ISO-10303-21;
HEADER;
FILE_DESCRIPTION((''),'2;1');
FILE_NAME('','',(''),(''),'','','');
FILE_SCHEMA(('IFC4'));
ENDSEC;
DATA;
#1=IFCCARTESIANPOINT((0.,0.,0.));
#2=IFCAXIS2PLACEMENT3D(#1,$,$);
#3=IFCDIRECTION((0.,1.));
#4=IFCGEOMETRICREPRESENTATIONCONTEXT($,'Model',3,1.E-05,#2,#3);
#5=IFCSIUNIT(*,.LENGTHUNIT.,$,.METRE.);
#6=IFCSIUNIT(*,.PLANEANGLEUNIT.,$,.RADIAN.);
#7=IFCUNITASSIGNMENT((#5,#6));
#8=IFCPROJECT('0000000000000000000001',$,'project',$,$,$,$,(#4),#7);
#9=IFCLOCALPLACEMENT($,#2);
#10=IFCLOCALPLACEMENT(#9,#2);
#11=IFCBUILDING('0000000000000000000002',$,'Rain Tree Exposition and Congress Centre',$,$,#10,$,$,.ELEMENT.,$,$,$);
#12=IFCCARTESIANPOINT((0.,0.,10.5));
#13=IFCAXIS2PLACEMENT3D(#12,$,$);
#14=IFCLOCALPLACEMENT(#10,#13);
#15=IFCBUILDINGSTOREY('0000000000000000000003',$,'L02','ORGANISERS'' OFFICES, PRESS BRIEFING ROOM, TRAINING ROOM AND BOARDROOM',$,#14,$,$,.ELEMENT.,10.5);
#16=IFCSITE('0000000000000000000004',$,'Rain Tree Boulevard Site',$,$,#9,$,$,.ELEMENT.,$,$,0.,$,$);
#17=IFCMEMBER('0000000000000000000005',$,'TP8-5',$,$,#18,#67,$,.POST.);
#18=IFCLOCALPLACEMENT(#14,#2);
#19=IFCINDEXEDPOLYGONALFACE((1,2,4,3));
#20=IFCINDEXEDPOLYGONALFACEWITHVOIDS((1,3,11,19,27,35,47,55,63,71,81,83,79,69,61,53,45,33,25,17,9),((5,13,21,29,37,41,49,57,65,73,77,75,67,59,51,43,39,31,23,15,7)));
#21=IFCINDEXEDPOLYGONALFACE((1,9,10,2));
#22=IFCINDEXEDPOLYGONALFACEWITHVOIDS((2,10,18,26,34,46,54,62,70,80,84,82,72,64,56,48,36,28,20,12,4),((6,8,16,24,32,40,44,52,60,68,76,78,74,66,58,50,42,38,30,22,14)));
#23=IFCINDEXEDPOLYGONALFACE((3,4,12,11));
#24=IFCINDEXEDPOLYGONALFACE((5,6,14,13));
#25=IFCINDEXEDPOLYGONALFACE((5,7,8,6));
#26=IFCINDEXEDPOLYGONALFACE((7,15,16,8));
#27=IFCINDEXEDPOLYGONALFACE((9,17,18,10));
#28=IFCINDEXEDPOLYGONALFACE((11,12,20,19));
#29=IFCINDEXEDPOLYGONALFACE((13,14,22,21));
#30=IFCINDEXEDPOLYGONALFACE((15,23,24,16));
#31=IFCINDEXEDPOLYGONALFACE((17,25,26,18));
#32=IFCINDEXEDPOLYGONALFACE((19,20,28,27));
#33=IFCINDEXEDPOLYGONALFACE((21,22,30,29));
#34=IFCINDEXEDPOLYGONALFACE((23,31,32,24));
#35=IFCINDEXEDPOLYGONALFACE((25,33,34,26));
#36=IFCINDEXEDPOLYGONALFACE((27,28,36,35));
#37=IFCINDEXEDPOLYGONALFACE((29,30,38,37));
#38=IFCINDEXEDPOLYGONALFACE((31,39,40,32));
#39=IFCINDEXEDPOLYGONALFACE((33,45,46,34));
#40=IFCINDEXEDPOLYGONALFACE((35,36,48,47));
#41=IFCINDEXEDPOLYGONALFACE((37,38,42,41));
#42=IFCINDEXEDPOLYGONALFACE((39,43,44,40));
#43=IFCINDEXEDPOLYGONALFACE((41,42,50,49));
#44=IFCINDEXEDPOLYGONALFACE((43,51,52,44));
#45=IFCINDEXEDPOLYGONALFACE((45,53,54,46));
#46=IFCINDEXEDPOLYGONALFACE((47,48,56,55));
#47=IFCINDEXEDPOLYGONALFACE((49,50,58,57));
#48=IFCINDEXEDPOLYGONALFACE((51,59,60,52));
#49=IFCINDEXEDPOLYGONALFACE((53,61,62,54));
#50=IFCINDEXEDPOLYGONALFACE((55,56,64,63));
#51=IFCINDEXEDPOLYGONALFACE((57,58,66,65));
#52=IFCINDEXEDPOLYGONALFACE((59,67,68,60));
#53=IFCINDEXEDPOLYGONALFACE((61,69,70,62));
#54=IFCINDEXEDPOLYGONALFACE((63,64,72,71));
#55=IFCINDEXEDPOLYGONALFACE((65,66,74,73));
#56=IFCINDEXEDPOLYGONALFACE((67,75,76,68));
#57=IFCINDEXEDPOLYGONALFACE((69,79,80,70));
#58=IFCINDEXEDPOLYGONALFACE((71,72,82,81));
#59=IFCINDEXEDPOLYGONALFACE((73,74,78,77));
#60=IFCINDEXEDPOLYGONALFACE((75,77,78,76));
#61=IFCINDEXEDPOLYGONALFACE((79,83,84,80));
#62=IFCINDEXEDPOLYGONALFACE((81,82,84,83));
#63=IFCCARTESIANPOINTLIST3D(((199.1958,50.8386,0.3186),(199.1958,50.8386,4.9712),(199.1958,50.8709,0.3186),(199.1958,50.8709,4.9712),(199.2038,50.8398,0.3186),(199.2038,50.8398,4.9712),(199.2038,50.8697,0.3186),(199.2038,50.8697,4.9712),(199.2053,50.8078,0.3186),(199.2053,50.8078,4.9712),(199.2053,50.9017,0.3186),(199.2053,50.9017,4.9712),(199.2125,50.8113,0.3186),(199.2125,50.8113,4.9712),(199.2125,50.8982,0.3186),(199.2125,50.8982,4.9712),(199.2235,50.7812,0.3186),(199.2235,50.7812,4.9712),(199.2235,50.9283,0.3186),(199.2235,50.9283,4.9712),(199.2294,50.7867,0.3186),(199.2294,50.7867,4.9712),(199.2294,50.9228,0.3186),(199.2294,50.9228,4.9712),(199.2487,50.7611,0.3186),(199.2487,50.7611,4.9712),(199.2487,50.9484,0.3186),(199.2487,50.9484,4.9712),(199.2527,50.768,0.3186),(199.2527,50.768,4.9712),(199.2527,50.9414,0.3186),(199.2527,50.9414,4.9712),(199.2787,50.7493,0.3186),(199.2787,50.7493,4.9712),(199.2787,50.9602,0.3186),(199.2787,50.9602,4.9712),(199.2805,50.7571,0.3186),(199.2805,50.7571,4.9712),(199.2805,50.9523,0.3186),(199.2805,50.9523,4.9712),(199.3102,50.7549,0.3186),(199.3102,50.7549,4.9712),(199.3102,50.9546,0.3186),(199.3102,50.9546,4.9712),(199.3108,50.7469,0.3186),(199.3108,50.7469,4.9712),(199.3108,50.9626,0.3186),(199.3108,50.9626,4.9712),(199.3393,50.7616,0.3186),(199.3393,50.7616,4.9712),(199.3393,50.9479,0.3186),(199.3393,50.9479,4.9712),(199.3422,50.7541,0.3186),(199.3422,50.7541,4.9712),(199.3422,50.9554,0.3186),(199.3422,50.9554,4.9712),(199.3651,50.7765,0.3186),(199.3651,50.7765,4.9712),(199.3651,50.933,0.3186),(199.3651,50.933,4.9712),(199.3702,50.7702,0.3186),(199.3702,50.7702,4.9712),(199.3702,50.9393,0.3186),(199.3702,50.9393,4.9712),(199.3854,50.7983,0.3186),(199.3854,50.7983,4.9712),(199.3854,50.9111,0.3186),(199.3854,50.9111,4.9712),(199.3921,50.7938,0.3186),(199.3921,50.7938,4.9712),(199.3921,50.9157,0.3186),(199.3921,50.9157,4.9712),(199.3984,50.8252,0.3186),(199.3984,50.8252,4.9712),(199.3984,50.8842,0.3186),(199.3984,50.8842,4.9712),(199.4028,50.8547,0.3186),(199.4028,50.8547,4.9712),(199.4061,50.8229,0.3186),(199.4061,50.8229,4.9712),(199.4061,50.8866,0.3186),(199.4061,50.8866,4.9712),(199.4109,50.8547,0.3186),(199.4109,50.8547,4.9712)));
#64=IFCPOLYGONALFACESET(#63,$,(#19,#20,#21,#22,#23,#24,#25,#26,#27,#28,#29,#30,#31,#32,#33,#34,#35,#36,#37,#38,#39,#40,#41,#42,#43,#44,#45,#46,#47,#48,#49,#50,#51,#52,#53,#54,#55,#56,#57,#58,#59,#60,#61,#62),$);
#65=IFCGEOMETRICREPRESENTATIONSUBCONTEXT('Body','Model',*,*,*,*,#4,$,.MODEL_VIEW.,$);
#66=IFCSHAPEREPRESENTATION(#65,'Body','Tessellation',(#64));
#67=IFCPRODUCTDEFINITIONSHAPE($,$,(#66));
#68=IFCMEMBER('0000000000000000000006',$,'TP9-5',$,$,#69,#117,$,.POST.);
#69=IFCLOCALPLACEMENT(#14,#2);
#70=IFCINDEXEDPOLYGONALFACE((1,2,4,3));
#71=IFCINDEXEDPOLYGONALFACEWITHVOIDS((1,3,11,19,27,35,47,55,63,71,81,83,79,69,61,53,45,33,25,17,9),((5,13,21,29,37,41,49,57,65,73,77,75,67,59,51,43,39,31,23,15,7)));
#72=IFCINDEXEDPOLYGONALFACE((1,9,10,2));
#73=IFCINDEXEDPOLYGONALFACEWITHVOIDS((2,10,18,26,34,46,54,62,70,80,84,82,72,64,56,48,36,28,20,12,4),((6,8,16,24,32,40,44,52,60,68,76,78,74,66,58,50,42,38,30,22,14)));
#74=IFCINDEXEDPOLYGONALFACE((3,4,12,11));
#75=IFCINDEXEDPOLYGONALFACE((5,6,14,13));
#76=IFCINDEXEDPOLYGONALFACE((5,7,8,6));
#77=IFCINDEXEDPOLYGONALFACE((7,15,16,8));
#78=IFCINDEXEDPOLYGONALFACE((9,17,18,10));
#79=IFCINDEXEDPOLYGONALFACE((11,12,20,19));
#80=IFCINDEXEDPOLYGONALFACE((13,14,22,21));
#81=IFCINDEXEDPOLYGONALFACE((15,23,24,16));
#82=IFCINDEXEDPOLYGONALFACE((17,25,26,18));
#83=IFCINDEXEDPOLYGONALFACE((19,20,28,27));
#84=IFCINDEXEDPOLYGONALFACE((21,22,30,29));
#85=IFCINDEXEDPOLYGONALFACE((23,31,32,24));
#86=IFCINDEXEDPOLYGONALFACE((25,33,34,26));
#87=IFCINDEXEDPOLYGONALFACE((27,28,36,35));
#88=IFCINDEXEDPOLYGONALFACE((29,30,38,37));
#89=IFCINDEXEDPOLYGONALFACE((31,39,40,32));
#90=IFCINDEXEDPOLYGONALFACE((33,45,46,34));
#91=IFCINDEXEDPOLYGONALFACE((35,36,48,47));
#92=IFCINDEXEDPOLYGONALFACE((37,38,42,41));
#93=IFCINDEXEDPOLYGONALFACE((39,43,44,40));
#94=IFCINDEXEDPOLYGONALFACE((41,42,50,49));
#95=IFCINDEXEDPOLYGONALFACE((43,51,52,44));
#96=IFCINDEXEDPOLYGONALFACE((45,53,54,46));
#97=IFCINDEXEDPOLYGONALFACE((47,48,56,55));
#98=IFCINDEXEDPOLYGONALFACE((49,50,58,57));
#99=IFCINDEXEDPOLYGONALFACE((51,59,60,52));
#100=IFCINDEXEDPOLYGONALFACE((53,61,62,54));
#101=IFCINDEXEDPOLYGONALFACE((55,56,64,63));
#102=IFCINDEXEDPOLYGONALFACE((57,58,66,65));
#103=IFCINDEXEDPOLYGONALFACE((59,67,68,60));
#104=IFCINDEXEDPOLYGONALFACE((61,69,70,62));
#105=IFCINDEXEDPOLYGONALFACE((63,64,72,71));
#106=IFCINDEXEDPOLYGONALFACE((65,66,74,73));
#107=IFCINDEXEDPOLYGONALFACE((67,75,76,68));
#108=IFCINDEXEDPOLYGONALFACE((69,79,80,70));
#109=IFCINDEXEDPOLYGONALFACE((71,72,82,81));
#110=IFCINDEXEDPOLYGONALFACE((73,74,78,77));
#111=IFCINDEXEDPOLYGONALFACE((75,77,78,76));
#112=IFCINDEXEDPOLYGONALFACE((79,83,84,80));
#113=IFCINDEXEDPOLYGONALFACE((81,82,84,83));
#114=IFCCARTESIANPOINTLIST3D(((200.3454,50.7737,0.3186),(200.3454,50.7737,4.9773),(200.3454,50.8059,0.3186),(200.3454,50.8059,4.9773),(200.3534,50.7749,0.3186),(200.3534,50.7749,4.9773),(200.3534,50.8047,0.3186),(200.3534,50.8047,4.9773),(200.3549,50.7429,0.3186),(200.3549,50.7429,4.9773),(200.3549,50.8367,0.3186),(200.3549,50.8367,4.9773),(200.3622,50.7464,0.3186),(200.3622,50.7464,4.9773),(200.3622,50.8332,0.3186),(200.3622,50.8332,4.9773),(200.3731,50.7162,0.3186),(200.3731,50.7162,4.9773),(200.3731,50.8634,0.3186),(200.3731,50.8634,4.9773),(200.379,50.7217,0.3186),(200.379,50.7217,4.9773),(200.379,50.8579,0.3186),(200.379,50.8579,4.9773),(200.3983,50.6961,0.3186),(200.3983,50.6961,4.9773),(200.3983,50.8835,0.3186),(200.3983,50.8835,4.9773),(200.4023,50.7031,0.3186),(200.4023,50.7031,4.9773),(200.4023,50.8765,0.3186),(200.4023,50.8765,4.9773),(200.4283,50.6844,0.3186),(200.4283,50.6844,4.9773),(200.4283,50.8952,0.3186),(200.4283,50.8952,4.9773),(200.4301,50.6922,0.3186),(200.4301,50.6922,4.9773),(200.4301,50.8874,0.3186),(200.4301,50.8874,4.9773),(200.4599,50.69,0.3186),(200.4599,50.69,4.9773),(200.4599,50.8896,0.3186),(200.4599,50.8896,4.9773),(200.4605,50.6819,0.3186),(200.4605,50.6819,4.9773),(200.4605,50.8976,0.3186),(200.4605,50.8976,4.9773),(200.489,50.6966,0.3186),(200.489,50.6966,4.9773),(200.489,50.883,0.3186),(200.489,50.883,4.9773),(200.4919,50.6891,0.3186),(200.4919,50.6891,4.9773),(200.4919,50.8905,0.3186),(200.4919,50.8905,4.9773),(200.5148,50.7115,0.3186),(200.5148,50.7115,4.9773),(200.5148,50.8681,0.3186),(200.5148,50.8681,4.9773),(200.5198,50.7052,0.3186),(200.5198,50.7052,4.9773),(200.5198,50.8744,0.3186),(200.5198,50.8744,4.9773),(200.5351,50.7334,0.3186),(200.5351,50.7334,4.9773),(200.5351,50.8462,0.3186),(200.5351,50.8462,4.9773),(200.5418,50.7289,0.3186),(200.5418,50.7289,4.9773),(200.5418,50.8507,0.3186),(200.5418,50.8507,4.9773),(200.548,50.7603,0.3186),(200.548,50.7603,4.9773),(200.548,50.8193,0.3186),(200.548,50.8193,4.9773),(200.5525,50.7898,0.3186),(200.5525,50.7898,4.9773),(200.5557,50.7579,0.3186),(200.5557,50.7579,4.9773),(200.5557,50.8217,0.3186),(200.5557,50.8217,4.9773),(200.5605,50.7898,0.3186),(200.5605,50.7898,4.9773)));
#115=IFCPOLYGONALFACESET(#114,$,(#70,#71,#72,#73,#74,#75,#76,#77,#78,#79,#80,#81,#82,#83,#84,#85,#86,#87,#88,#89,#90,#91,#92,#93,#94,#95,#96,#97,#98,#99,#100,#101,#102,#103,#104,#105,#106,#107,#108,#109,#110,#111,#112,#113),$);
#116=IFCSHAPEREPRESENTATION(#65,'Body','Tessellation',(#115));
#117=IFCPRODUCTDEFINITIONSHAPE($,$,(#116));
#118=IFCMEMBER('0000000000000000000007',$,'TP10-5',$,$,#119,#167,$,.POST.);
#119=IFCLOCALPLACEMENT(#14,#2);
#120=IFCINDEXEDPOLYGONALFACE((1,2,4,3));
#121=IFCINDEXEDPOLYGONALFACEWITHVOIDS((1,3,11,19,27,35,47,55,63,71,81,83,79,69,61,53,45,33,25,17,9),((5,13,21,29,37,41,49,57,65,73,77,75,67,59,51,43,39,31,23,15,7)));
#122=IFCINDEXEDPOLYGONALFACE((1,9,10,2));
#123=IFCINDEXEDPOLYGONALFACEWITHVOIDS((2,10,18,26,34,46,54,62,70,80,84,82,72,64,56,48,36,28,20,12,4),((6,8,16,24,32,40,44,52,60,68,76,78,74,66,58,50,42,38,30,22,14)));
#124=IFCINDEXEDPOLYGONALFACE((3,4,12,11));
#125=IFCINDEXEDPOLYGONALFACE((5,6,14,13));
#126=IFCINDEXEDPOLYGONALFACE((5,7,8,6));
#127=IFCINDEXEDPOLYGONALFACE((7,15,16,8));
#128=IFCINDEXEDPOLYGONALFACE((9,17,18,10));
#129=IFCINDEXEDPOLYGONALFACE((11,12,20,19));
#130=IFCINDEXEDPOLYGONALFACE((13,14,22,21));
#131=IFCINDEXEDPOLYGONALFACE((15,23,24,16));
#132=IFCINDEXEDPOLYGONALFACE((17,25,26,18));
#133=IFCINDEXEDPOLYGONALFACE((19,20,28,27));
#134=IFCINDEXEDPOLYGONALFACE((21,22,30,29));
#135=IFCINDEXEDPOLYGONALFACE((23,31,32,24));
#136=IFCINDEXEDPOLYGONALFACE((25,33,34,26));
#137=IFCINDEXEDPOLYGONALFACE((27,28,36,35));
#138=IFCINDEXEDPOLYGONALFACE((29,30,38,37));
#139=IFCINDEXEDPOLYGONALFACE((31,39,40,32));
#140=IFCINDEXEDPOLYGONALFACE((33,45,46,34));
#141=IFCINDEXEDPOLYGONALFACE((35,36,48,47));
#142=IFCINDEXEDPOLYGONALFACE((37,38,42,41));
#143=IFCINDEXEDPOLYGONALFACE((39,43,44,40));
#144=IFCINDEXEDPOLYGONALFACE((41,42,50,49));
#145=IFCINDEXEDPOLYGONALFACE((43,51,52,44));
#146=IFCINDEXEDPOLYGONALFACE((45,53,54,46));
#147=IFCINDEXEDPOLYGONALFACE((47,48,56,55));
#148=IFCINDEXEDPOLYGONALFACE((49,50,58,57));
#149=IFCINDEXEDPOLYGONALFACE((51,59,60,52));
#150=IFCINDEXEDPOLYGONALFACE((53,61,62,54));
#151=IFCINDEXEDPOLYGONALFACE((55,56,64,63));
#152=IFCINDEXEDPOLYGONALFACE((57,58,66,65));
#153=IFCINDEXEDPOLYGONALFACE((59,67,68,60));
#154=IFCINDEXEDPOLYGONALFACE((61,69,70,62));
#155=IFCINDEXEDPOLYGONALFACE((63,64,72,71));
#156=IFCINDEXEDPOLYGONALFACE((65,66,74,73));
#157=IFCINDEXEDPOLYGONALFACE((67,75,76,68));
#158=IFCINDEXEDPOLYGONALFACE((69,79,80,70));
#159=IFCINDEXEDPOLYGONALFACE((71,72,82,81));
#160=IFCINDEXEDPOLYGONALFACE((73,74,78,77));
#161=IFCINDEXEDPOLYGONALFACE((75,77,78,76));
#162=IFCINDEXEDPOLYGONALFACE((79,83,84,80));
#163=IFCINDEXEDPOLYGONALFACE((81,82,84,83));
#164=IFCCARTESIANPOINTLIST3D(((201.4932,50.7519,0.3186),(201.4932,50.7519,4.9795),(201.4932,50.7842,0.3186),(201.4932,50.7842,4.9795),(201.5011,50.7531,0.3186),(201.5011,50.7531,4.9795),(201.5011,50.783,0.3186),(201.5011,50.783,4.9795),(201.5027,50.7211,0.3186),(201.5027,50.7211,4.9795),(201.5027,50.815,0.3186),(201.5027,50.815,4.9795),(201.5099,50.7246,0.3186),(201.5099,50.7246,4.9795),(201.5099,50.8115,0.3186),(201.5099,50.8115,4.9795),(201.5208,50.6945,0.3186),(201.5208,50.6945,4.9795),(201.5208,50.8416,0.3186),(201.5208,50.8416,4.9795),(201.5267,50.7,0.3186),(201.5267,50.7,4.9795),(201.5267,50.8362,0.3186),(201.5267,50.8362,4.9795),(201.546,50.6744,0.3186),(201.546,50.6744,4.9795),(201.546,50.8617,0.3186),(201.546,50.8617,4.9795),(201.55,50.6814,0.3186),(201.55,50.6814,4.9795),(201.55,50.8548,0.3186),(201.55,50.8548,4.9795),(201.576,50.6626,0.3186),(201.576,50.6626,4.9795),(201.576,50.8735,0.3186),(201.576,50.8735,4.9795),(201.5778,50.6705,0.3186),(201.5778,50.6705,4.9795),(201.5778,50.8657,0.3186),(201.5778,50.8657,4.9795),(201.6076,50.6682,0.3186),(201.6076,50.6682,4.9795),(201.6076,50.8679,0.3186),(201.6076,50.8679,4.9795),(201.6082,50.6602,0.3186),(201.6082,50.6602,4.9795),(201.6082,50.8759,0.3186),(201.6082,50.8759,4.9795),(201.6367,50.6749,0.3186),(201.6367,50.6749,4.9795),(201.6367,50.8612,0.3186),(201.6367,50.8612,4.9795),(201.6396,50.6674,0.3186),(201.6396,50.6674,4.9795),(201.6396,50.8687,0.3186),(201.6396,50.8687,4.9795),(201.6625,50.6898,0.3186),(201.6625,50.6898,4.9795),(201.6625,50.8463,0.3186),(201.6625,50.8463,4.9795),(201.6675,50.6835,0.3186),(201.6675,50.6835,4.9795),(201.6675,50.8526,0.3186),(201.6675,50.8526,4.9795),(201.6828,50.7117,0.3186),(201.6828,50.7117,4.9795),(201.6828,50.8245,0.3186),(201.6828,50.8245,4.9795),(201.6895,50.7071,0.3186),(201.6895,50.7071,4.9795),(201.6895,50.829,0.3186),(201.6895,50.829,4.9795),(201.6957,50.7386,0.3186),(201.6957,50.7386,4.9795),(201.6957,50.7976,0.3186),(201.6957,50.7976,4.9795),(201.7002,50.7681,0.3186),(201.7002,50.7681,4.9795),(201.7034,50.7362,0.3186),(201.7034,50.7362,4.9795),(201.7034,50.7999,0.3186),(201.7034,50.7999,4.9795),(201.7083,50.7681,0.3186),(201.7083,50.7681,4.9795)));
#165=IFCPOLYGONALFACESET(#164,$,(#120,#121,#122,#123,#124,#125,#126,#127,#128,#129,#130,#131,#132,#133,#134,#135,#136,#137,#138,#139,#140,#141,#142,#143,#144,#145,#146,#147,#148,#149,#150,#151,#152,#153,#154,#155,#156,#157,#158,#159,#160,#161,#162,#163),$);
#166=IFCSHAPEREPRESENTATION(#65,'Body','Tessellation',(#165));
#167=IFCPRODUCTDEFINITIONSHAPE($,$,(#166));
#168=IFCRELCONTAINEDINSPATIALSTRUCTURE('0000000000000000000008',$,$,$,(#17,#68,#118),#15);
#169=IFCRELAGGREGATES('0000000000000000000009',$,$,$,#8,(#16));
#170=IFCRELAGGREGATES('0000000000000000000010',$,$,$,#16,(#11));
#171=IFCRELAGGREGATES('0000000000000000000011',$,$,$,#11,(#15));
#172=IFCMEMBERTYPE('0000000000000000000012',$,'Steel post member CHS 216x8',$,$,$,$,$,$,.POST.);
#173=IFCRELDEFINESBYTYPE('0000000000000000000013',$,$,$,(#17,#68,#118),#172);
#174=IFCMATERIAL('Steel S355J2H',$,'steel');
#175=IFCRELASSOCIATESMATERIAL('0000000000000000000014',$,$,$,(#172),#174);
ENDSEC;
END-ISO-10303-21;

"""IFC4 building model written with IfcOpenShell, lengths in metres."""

from ifc_helpers import new_model, si_unit, direction, frame, origin, origin_2d, place, context, subcontext, project, spatial, hollow_circle, extrude, material, material_profile, profile_set, type_object, element, save


model = new_model("IFC4")

# Units and contexts
model_context = context("Model", 3, precision=1e-05, world=origin(), true_north=direction((0.0, 1.0)))
body_context = subcontext(model_context, "Body", "Model", "MODEL_VIEW")
ifc_project = project(units=[si_unit("LENGTHUNIT", "METRE"), si_unit("PLANEANGLEUNIT", "RADIAN")], contexts=[model_context])

# Site, building, storey
site_placement = place(None, origin())
site = spatial("IfcSite", under=ifc_project, at=site_placement, Name="Rain Tree Boulevard Site", CompositionType="ELEMENT", RefElevation=0.0)
building_placement = place(site_placement, origin())
building = spatial("IfcBuilding", under=site, at=building_placement, Name="Rain Tree Exposition and Congress Centre", CompositionType="ELEMENT")
storey_placement = place(building_placement, frame((0.0, 0.0, 10.5)))
storey = spatial("IfcBuildingStorey", under=building, at=storey_placement, Name="L02", Description="ORGANISERS' OFFICES, PRESS BRIEFING ROOM, TRAINING ROOM AND BOARDROOM", CompositionType="ELEMENT", Elevation=10.5)

# Members
ifc_material_1 = material(Name="Steel S355J2H", Category="steel")
ifc_material_profile_1 = material_profile(ifc_material_1, hollow_circle(Radius=0.1082, WallThickness=0.0081, at=origin_2d()), Name="CHS 216x8")
ifc_profile_set_1 = profile_set([ifc_material_profile_1], Name="Steel S355J2H")
member_type_1 = type_object("IfcMemberType", Name="Steel post member CHS 216x8", PredefinedType="POST", material=ifc_profile_set_1)
member_1_placement = place(storey_placement, frame((199.3027, 50.8547, 0.3186), z_axis=(0.0, 0.0, 1.0), x_axis=(1.0, 0.0, 0.0)))
element("IfcMember", 1, at=member_1_placement, inside=storey, type_object=member_type_1, Name="TP8-5", PredefinedType="POST", context=body_context, shape_type="SweptSolid", body=[
    extrude(hollow_circle(Radius=0.1082, WallThickness=0.0081, at=origin_2d()), origin(), (0.0, 0.0, 1.0), 4.6526),
])
member_2_placement = place(storey_placement, frame((200.4524, 50.7898, 0.3186), z_axis=(0.0, 0.0, 1.0), x_axis=(1.0, 0.0, 0.0)))
element("IfcMember", 2, at=member_2_placement, inside=storey, type_object=member_type_1, Name="TP9-5", PredefinedType="POST", context=body_context, shape_type="SweptSolid", body=[
    extrude(hollow_circle(Radius=0.1082, WallThickness=0.0081, at=origin_2d()), origin(), (0.0, 0.0, 1.0), 4.6587),
])
member_3_placement = place(storey_placement, frame((201.6001, 50.7681, 0.3186), z_axis=(0.0, 0.0, 1.0), x_axis=(1.0, 0.0, 0.0)))
element("IfcMember", 3, at=member_3_placement, inside=storey, type_object=member_type_1, Name="TP10-5", PredefinedType="POST", context=body_context, shape_type="SweptSolid", body=[
    extrude(hollow_circle(Radius=0.1082, WallThickness=0.0081, at=origin_2d()), origin(), (0.0, 0.0, 1.0), 4.6609),
])

save(model, "model.ifc")
